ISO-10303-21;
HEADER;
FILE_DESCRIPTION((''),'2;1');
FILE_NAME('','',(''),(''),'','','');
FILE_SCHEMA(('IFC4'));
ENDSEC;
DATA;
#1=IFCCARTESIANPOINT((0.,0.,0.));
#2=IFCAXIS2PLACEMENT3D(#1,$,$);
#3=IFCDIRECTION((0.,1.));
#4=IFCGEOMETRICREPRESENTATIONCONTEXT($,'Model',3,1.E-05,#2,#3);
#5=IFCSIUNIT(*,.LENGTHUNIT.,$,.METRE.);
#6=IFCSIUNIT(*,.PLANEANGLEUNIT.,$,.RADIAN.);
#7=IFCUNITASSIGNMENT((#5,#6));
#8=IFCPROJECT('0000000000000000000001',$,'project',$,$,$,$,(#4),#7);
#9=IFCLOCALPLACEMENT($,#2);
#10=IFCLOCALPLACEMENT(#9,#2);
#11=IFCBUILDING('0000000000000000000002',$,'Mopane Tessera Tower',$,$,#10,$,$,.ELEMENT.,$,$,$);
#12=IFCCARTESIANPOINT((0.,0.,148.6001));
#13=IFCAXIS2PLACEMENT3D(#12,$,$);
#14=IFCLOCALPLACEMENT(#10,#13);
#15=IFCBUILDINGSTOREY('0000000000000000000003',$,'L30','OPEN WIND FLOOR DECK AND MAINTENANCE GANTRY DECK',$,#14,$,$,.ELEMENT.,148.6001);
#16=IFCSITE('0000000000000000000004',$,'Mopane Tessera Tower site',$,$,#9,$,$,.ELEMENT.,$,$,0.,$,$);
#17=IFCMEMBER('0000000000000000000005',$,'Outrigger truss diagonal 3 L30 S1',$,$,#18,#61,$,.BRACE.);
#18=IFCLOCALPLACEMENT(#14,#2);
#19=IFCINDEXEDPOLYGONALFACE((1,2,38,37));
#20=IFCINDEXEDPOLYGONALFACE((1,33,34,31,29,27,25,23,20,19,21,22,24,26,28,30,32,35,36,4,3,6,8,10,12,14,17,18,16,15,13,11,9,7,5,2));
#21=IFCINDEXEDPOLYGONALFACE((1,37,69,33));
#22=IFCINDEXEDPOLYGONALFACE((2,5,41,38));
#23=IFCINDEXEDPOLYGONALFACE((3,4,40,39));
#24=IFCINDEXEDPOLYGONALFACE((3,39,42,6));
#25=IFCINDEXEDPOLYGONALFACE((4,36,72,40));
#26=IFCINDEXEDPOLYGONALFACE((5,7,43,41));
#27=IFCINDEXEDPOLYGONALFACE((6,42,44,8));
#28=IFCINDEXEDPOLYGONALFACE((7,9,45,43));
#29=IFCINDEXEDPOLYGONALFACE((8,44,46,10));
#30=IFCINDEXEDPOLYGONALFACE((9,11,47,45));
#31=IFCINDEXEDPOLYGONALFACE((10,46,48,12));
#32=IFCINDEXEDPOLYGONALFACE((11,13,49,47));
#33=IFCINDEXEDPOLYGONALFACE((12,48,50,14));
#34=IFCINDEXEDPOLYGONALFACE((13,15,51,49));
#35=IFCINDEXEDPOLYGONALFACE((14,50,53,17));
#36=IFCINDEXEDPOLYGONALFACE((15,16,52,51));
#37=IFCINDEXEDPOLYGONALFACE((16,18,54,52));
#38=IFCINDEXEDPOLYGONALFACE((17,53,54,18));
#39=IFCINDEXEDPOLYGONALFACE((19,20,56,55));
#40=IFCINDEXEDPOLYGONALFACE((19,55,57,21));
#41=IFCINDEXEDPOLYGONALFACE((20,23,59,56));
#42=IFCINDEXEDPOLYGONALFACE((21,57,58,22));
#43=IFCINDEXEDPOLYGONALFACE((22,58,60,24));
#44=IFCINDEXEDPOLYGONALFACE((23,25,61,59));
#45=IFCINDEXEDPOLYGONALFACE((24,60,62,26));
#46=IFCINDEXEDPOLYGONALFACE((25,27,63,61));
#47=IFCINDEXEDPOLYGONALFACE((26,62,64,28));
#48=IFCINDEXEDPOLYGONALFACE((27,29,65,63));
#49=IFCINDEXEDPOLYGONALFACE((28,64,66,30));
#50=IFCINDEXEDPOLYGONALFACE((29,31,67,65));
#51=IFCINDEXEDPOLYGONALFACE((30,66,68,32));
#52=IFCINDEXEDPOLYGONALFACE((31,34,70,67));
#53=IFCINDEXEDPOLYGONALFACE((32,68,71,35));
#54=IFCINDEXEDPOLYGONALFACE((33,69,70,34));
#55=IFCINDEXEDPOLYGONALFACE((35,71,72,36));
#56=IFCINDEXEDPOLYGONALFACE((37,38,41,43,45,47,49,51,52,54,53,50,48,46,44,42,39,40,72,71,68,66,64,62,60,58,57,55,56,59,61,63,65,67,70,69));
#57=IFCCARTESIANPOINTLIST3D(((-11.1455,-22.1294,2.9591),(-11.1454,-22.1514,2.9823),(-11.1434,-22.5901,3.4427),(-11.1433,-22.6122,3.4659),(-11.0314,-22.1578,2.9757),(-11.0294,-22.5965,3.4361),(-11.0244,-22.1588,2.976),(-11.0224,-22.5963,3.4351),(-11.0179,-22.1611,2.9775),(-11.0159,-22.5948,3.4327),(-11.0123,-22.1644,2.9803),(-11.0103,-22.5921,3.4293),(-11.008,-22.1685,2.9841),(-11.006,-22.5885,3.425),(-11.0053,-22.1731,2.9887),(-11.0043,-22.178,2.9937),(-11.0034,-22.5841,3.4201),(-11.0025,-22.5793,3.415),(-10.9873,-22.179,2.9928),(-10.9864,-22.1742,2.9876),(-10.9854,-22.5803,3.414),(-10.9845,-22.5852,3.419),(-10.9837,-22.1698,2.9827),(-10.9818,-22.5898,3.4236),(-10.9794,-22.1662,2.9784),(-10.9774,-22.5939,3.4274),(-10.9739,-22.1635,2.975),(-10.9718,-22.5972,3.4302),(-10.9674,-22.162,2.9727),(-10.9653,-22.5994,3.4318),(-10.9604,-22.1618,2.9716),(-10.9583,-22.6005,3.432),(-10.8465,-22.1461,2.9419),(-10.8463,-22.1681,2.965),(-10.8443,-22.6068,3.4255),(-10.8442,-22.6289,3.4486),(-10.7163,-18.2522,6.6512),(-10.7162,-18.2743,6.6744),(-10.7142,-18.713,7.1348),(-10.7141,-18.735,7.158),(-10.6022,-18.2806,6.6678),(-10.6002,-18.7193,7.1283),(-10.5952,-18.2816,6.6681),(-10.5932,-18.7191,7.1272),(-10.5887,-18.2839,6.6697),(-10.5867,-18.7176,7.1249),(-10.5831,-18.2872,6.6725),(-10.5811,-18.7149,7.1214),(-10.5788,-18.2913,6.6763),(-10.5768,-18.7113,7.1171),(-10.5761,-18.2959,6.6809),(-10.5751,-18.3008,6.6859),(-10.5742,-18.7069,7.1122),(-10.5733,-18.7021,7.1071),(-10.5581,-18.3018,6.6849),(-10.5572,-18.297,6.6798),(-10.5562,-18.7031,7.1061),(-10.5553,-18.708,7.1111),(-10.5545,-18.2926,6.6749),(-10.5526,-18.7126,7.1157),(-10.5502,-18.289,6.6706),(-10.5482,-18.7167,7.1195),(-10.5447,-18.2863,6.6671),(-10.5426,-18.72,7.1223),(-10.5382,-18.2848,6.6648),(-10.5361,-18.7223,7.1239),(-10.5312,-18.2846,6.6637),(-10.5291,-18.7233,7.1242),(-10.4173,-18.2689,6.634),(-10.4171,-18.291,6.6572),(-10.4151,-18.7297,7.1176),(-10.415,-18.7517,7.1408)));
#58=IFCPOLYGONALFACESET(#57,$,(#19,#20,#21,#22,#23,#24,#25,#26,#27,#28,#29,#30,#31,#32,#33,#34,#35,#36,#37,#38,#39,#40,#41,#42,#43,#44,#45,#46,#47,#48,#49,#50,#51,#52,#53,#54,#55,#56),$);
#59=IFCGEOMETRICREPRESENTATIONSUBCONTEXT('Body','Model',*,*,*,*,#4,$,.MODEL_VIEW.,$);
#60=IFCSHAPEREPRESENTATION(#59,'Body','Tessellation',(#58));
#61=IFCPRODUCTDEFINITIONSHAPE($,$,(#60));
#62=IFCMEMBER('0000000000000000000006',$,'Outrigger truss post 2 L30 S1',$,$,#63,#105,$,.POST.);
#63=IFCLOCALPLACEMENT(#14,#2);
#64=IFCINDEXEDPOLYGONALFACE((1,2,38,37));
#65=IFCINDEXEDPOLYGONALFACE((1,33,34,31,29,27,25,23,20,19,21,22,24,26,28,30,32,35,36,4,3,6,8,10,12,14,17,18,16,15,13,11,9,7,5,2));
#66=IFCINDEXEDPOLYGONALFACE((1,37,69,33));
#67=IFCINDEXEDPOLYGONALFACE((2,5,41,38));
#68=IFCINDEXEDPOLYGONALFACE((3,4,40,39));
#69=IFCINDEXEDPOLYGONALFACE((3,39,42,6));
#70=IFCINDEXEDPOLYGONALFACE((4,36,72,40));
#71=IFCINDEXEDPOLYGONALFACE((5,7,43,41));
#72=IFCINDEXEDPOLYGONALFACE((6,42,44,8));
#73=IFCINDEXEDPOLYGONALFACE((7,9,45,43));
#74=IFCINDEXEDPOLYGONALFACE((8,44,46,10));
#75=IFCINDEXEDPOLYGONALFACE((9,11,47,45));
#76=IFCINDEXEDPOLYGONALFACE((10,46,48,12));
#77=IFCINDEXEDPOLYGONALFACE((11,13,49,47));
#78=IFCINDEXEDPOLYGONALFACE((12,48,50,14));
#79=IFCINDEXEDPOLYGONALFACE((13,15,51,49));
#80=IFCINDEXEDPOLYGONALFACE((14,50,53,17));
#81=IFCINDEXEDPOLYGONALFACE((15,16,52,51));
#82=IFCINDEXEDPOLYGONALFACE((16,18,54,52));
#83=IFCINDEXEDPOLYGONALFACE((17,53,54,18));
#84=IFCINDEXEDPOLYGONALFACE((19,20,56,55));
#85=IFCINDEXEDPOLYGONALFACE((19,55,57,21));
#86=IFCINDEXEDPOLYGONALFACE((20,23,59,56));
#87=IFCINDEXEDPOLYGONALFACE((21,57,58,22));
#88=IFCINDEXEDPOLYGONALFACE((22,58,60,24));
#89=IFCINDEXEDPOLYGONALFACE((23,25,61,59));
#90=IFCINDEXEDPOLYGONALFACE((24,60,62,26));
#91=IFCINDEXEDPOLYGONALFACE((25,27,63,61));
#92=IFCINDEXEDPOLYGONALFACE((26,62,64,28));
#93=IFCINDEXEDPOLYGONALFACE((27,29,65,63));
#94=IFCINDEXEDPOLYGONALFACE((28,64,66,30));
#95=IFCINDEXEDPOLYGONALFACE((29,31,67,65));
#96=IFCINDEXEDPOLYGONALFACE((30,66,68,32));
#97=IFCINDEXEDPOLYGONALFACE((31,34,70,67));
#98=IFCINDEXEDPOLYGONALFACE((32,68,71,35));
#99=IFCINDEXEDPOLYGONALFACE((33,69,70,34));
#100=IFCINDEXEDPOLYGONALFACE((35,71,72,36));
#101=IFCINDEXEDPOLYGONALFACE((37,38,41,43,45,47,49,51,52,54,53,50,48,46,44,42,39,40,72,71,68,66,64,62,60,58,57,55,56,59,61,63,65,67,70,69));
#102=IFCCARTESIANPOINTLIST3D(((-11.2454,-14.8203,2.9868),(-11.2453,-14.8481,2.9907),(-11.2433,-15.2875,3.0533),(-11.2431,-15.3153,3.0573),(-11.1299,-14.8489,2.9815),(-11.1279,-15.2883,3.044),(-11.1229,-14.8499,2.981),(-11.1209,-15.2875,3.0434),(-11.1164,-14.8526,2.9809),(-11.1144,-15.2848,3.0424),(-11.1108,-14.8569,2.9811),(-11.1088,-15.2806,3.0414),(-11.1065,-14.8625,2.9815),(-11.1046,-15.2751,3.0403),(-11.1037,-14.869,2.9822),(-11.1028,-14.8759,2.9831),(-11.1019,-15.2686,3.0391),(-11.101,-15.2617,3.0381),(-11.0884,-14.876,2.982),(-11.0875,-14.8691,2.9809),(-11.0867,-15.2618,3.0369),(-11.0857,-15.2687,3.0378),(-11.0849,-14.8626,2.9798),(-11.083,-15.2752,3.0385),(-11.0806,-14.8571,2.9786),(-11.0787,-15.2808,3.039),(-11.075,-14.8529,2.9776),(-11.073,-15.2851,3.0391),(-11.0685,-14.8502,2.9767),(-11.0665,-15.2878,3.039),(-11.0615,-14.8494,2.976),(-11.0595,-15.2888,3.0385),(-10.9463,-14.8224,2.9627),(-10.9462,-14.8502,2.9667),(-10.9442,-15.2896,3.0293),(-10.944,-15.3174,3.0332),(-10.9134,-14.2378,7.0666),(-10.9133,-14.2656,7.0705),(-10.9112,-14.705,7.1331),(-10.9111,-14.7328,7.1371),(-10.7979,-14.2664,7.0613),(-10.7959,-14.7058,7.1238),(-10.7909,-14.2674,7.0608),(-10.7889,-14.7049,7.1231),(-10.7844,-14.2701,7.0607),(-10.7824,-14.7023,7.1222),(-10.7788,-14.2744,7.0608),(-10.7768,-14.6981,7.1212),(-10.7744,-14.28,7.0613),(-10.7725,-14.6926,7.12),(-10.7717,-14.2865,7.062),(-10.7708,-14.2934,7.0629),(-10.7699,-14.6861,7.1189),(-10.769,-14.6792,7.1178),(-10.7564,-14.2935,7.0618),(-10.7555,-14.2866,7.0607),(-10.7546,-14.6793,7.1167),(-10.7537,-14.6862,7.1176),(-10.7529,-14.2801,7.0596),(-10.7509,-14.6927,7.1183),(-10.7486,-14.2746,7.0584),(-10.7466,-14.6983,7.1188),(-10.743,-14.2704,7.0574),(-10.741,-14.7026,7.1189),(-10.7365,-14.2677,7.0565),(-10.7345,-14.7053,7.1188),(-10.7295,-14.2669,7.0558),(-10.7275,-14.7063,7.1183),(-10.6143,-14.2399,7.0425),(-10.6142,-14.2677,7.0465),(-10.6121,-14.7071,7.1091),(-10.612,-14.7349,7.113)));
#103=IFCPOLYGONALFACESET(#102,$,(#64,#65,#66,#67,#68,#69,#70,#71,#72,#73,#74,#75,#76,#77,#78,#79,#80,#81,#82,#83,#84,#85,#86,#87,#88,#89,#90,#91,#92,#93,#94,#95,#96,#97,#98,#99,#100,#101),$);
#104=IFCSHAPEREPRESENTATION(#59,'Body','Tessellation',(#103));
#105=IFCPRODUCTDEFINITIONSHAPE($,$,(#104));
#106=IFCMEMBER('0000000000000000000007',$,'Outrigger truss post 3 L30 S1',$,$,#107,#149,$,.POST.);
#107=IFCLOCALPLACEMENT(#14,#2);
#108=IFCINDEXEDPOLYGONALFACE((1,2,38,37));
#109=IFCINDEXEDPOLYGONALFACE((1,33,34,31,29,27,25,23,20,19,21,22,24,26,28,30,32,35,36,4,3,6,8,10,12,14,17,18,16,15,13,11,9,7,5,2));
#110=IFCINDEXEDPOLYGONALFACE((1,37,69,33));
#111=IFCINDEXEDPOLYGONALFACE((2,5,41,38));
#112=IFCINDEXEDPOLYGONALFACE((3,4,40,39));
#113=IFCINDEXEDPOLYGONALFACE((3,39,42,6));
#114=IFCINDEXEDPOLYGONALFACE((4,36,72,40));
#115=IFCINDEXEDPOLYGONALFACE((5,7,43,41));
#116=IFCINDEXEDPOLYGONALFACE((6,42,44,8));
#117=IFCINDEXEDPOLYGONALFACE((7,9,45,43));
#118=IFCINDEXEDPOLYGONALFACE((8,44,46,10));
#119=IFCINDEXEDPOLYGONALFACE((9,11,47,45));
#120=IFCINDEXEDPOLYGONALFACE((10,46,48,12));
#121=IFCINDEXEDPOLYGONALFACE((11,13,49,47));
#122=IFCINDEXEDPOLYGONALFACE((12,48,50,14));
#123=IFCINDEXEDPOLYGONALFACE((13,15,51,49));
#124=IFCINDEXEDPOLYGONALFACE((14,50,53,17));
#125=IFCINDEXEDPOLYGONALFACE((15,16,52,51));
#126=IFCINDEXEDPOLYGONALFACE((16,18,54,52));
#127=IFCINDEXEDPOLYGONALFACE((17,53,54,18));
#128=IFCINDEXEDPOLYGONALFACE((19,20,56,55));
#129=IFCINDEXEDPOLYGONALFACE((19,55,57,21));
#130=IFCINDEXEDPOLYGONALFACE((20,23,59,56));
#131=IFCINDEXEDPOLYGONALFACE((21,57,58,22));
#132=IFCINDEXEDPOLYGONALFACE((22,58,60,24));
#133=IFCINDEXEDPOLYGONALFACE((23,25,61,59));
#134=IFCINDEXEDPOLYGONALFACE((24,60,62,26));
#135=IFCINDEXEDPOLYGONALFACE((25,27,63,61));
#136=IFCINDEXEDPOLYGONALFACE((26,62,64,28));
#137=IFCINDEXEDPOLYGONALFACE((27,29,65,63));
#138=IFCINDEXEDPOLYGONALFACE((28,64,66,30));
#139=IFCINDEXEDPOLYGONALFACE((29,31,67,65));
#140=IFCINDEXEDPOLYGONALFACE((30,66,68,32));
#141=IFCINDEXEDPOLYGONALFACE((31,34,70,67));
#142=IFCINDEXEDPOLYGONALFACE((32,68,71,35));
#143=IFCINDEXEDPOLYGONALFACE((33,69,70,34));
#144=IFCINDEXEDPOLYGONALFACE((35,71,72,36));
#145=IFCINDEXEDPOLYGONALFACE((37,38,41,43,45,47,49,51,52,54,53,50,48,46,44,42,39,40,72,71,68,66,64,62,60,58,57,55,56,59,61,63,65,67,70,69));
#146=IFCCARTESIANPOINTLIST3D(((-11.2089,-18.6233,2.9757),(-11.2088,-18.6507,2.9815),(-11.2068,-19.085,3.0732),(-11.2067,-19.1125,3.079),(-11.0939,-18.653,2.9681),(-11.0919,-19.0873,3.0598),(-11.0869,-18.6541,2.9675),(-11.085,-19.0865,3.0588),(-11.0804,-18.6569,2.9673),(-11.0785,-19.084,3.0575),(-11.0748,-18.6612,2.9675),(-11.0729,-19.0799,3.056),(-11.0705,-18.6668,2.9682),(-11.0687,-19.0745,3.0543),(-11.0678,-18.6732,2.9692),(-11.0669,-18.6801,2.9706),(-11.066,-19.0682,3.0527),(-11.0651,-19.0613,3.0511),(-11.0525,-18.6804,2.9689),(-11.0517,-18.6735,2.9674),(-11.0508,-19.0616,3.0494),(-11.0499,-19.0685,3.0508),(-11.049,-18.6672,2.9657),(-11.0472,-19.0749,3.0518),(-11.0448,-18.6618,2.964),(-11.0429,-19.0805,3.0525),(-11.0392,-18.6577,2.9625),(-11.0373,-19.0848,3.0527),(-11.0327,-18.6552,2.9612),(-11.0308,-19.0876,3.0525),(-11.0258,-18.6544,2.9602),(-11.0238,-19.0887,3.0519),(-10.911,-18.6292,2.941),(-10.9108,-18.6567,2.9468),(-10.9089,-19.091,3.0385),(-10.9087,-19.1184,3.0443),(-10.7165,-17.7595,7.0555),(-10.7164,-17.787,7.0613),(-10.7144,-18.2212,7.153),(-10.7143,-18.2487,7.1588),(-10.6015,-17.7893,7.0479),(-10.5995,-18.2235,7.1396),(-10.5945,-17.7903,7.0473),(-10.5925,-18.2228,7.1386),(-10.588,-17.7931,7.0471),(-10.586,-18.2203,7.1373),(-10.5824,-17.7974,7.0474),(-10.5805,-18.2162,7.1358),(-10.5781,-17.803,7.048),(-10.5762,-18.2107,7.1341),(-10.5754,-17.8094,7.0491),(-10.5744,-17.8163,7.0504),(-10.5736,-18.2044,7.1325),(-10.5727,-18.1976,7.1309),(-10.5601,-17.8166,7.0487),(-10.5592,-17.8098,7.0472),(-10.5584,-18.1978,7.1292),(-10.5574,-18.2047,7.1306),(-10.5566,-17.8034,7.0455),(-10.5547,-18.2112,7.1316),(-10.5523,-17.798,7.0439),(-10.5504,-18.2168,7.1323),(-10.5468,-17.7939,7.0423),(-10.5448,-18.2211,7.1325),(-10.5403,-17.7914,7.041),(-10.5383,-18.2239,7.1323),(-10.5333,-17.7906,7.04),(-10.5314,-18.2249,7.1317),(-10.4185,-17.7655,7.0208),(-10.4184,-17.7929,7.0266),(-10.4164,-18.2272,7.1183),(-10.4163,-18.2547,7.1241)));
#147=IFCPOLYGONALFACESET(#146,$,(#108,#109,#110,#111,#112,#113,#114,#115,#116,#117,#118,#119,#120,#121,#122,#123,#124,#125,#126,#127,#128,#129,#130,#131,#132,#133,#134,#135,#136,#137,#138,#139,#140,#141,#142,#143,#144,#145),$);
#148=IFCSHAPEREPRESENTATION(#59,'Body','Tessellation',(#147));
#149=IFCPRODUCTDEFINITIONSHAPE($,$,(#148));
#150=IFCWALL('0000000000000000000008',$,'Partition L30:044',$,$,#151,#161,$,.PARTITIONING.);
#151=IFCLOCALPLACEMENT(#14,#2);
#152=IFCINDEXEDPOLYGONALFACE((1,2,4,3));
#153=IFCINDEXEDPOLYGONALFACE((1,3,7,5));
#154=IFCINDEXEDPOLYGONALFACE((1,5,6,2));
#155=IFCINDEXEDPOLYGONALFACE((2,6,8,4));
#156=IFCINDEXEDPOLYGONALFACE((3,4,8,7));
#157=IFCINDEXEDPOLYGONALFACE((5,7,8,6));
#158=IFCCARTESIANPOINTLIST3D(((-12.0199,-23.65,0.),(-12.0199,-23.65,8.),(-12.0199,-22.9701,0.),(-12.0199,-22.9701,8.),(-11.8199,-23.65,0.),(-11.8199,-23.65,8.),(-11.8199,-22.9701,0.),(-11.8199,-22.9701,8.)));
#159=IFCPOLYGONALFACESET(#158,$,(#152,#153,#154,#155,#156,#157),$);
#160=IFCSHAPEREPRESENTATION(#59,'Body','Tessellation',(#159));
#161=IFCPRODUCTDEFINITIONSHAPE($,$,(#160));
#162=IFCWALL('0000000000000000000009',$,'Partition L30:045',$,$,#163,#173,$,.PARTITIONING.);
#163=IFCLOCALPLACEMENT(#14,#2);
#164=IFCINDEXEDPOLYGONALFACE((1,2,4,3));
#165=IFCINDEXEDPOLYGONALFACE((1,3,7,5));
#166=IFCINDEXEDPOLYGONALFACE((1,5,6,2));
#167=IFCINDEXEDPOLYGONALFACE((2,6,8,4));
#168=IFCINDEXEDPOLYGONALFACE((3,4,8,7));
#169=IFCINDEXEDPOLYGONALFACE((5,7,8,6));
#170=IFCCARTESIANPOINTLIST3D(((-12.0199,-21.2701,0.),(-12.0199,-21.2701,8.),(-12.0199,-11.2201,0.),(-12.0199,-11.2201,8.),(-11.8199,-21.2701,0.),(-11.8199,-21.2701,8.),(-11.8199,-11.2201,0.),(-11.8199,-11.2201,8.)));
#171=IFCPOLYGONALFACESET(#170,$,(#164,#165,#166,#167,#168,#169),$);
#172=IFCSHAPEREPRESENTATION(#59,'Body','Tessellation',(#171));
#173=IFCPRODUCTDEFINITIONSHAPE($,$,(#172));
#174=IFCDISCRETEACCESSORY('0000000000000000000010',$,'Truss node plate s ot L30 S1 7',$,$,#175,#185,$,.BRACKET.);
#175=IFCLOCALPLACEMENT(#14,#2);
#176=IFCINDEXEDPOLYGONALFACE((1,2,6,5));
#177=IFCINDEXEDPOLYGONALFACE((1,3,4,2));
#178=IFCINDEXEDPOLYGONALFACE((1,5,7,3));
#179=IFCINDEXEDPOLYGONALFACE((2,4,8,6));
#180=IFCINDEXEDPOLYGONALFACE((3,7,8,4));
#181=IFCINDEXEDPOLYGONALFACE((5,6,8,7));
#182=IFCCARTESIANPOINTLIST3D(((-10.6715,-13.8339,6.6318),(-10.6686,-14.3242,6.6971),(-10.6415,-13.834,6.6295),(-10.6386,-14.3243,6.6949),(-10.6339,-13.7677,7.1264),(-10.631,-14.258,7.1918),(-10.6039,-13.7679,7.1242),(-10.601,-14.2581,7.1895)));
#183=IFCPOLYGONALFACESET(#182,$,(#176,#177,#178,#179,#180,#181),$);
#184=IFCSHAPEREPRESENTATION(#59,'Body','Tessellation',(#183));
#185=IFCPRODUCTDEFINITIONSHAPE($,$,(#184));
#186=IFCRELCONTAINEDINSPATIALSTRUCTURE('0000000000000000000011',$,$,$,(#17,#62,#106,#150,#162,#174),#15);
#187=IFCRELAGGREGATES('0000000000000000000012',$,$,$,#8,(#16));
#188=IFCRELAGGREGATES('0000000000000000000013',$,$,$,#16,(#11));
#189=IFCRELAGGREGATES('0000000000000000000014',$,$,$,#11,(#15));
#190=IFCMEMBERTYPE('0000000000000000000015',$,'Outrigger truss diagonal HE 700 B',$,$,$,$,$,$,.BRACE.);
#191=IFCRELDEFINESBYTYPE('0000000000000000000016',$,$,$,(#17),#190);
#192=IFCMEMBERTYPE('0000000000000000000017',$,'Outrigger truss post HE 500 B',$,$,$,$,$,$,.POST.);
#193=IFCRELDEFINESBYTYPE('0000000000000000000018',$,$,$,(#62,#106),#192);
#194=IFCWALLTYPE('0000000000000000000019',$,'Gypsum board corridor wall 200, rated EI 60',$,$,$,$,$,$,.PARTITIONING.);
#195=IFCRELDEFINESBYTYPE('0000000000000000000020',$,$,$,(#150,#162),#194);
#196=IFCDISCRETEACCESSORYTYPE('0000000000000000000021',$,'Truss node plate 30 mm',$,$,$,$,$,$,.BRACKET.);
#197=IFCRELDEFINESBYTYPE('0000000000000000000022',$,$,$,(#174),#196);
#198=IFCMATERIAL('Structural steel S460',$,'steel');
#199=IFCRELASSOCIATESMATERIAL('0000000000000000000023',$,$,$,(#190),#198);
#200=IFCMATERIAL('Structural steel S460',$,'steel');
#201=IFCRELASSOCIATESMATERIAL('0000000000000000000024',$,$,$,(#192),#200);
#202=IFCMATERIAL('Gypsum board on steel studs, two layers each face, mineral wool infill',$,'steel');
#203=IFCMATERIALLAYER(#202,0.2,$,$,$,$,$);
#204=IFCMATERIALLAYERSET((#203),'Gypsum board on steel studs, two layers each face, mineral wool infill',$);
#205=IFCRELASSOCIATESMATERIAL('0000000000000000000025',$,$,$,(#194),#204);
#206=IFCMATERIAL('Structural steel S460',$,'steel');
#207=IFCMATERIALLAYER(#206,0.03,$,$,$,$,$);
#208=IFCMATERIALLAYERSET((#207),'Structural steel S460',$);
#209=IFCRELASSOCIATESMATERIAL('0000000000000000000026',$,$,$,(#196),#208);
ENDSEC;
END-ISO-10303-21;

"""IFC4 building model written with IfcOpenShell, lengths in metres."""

from ifc_helpers import new_model, si_unit, direction, frame, frame_2d, origin, origin_2d, place, context, subcontext, project, spatial, rectangle, i_section, extrude, material, layer, layer_set, material_profile, profile_set, type_object, element, save


model = new_model("IFC4")

# Units and contexts
model_context = context("Model", 3, precision=1e-05, world=origin(), true_north=direction((0.0, 1.0)))
body_context = subcontext(model_context, "Body", "Model", "MODEL_VIEW")
ifc_project = project(units=[si_unit("LENGTHUNIT", "METRE"), si_unit("PLANEANGLEUNIT", "RADIAN")], contexts=[model_context])

# Site, building, storey
site_placement = place(None, origin())
site = spatial("IfcSite", under=ifc_project, at=site_placement, Name="Mopane Tessera Tower site", CompositionType="ELEMENT", RefElevation=0.0)
building_placement = place(site_placement, origin())
building = spatial("IfcBuilding", under=site, at=building_placement, Name="Mopane Tessera Tower", CompositionType="ELEMENT")
storey_placement = place(building_placement, frame((0.0, 0.0, 148.6001)))
storey = spatial("IfcBuildingStorey", under=building, at=storey_placement, Name="L30", Description="OPEN WIND FLOOR DECK AND MAINTENANCE GANTRY DECK", CompositionType="ELEMENT", Elevation=148.6001)

# Members
ifc_material_1 = material(Name="Structural steel S460", Category="steel")
ifc_material_profile_1 = material_profile(ifc_material_1, i_section(OverallWidth=0.3, OverallDepth=0.7, WebThickness=0.0171, FlangeThickness=0.032, FilletRadius=0.0271, at=origin_2d()))
ifc_profile_set_1 = profile_set([ifc_material_profile_1], Name="Structural steel S460")
member_type_1 = type_object("IfcMemberType", Name="Outrigger truss diagonal HE 700 B", PredefinedType="BRACE", material=ifc_profile_set_1)
member_1_placement = place(storey_placement, frame((-10.5657, -18.502, 6.896), z_axis=(-0.079909, -0.721862, -0.687408), x_axis=(0.996797, -0.055649, -0.057436)))
element("IfcMember", 1, at=member_1_placement, inside=storey, type_object=member_type_1, Name="Outrigger truss diagonal 3 L30 S1", PredefinedType="BRACE", context=body_context, shape_type="SweptSolid", body=[
    extrude(i_section(OverallWidth=0.3, OverallDepth=0.7, WebThickness=0.0171, FlangeThickness=0.032, FilletRadius=0.0271, at=origin_2d()), origin(), (0.0, 0.0, 1.0), 5.3711),
])
ifc_material_2 = material(Name="Structural steel S460", Category="steel")
ifc_material_profile_2 = material_profile(ifc_material_2, i_section(OverallWidth=0.3, OverallDepth=0.5, WebThickness=0.0144, FlangeThickness=0.0281, FilletRadius=0.0271, at=origin_2d()))
ifc_profile_set_2 = profile_set([ifc_material_profile_2], Name="Structural steel S460")
member_type_2 = type_object("IfcMemberType", Name="Outrigger truss post HE 500 B", PredefinedType="POST", material=ifc_profile_set_2)
member_2_placement = place(storey_placement, frame((-11.0947, -15.0688, 3.01), z_axis=(0.080306, 0.14089, 0.986763), x_axis=(0.99676, -0.006813, -0.080147)))
element("IfcMember", 2, at=member_2_placement, inside=storey, type_object=member_type_2, Name="Outrigger truss post 2 L30 S1", PredefinedType="POST", context=body_context, shape_type="SweptSolid", body=[
    extrude(i_section(OverallWidth=0.3, OverallDepth=0.5, WebThickness=0.0144, FlangeThickness=0.0281, FilletRadius=0.0271, at=origin_2d()), origin(), (0.0, 0.0, 1.0), 4.1345),
])
member_3_placement = place(storey_placement, frame((-11.0588, -18.8708, 3.01), z_axis=(0.117267, 0.205697, 0.971564), x_axis=(0.993091, -0.019919, -0.115648)))
element("IfcMember", 3, at=member_3_placement, inside=storey, type_object=member_type_2, Name="Outrigger truss post 3 L30 S1", PredefinedType="POST", context=body_context, shape_type="SweptSolid", body=[
    extrude(i_section(OverallWidth=0.3, OverallDepth=0.5, WebThickness=0.0144, FlangeThickness=0.0281, FilletRadius=0.0271, at=origin_2d()), origin(), (0.0, 0.0, 1.0), 4.1992),
])

# Walls
ifc_material_3 = material(Name="Gypsum board on steel studs, two layers each face, mineral wool infill", Category="steel")
ifc_layer_1 = layer(ifc_material_3, 0.2)
ifc_layer_set_1 = layer_set([ifc_layer_1], Name="Gypsum board on steel studs, two layers each face, mineral wool infill")
wall_type = type_object("IfcWallType", Name="Gypsum board corridor wall 200, rated EI 60", PredefinedType="PARTITIONING", material=ifc_layer_set_1)
wall_1_placement = place(storey_placement, frame((-11.9199, -23.6499, 0.0), z_axis=(0.0, 0.0, 1.0), x_axis=(0.0, 1.0, 0.0)))
element("IfcWall", 4, at=wall_1_placement, inside=storey, type_object=wall_type, Name="Partition L30:044", PredefinedType="PARTITIONING", context=body_context, shape_type="SweptSolid", body=[
    extrude(rectangle(XDim=0.6799, YDim=0.2, at=frame_2d((0.3398, 0.0))), origin(), (0.0, 0.0, 1.0), 8.0),
])
wall_2_placement = place(storey_placement, frame((-11.9199, -21.27, 0.0), z_axis=(0.0, 0.0, 1.0), x_axis=(0.0, 1.0, 0.0)))
element("IfcWall", 5, at=wall_2_placement, inside=storey, type_object=wall_type, Name="Partition L30:045", PredefinedType="PARTITIONING", context=body_context, shape_type="SweptSolid", body=[
    extrude(rectangle(XDim=10.05, YDim=0.2, at=frame_2d((5.0249, 0.0))), origin(), (0.0, 0.0, 1.0), 8.0),
])

# Discrete accessory
ifc_material_4 = material(Name="Structural steel S460", Category="steel")
ifc_layer_2 = layer(ifc_material_4, 0.03)
ifc_layer_set_2 = layer_set([ifc_layer_2], Name="Structural steel S460")
discrete_accessory_type = type_object("IfcDiscreteAccessoryType", Name="Truss node plate 30 mm", PredefinedType="BRACKET", material=ifc_layer_set_2)
discrete_accessory_1_placement = place(storey_placement, frame((-10.655, -14.0791, 6.6633), z_axis=(0.075128, 0.132206, 0.988371), x_axis=(0.997157, -0.004132, -0.075243)))
element("IfcDiscreteAccessory", 6, at=discrete_accessory_1_placement, inside=storey, type_object=discrete_accessory_type, Name="Truss node plate s ot L30 S1 7", PredefinedType="BRACKET", context=body_context, shape_type="SweptSolid", body=[
    extrude(rectangle(XDim=0.03, YDim=0.4946, at=origin_2d()), origin(), (0.0, 0.0, 1.0), 0.5005),
])

save(model, "model.ifc")
